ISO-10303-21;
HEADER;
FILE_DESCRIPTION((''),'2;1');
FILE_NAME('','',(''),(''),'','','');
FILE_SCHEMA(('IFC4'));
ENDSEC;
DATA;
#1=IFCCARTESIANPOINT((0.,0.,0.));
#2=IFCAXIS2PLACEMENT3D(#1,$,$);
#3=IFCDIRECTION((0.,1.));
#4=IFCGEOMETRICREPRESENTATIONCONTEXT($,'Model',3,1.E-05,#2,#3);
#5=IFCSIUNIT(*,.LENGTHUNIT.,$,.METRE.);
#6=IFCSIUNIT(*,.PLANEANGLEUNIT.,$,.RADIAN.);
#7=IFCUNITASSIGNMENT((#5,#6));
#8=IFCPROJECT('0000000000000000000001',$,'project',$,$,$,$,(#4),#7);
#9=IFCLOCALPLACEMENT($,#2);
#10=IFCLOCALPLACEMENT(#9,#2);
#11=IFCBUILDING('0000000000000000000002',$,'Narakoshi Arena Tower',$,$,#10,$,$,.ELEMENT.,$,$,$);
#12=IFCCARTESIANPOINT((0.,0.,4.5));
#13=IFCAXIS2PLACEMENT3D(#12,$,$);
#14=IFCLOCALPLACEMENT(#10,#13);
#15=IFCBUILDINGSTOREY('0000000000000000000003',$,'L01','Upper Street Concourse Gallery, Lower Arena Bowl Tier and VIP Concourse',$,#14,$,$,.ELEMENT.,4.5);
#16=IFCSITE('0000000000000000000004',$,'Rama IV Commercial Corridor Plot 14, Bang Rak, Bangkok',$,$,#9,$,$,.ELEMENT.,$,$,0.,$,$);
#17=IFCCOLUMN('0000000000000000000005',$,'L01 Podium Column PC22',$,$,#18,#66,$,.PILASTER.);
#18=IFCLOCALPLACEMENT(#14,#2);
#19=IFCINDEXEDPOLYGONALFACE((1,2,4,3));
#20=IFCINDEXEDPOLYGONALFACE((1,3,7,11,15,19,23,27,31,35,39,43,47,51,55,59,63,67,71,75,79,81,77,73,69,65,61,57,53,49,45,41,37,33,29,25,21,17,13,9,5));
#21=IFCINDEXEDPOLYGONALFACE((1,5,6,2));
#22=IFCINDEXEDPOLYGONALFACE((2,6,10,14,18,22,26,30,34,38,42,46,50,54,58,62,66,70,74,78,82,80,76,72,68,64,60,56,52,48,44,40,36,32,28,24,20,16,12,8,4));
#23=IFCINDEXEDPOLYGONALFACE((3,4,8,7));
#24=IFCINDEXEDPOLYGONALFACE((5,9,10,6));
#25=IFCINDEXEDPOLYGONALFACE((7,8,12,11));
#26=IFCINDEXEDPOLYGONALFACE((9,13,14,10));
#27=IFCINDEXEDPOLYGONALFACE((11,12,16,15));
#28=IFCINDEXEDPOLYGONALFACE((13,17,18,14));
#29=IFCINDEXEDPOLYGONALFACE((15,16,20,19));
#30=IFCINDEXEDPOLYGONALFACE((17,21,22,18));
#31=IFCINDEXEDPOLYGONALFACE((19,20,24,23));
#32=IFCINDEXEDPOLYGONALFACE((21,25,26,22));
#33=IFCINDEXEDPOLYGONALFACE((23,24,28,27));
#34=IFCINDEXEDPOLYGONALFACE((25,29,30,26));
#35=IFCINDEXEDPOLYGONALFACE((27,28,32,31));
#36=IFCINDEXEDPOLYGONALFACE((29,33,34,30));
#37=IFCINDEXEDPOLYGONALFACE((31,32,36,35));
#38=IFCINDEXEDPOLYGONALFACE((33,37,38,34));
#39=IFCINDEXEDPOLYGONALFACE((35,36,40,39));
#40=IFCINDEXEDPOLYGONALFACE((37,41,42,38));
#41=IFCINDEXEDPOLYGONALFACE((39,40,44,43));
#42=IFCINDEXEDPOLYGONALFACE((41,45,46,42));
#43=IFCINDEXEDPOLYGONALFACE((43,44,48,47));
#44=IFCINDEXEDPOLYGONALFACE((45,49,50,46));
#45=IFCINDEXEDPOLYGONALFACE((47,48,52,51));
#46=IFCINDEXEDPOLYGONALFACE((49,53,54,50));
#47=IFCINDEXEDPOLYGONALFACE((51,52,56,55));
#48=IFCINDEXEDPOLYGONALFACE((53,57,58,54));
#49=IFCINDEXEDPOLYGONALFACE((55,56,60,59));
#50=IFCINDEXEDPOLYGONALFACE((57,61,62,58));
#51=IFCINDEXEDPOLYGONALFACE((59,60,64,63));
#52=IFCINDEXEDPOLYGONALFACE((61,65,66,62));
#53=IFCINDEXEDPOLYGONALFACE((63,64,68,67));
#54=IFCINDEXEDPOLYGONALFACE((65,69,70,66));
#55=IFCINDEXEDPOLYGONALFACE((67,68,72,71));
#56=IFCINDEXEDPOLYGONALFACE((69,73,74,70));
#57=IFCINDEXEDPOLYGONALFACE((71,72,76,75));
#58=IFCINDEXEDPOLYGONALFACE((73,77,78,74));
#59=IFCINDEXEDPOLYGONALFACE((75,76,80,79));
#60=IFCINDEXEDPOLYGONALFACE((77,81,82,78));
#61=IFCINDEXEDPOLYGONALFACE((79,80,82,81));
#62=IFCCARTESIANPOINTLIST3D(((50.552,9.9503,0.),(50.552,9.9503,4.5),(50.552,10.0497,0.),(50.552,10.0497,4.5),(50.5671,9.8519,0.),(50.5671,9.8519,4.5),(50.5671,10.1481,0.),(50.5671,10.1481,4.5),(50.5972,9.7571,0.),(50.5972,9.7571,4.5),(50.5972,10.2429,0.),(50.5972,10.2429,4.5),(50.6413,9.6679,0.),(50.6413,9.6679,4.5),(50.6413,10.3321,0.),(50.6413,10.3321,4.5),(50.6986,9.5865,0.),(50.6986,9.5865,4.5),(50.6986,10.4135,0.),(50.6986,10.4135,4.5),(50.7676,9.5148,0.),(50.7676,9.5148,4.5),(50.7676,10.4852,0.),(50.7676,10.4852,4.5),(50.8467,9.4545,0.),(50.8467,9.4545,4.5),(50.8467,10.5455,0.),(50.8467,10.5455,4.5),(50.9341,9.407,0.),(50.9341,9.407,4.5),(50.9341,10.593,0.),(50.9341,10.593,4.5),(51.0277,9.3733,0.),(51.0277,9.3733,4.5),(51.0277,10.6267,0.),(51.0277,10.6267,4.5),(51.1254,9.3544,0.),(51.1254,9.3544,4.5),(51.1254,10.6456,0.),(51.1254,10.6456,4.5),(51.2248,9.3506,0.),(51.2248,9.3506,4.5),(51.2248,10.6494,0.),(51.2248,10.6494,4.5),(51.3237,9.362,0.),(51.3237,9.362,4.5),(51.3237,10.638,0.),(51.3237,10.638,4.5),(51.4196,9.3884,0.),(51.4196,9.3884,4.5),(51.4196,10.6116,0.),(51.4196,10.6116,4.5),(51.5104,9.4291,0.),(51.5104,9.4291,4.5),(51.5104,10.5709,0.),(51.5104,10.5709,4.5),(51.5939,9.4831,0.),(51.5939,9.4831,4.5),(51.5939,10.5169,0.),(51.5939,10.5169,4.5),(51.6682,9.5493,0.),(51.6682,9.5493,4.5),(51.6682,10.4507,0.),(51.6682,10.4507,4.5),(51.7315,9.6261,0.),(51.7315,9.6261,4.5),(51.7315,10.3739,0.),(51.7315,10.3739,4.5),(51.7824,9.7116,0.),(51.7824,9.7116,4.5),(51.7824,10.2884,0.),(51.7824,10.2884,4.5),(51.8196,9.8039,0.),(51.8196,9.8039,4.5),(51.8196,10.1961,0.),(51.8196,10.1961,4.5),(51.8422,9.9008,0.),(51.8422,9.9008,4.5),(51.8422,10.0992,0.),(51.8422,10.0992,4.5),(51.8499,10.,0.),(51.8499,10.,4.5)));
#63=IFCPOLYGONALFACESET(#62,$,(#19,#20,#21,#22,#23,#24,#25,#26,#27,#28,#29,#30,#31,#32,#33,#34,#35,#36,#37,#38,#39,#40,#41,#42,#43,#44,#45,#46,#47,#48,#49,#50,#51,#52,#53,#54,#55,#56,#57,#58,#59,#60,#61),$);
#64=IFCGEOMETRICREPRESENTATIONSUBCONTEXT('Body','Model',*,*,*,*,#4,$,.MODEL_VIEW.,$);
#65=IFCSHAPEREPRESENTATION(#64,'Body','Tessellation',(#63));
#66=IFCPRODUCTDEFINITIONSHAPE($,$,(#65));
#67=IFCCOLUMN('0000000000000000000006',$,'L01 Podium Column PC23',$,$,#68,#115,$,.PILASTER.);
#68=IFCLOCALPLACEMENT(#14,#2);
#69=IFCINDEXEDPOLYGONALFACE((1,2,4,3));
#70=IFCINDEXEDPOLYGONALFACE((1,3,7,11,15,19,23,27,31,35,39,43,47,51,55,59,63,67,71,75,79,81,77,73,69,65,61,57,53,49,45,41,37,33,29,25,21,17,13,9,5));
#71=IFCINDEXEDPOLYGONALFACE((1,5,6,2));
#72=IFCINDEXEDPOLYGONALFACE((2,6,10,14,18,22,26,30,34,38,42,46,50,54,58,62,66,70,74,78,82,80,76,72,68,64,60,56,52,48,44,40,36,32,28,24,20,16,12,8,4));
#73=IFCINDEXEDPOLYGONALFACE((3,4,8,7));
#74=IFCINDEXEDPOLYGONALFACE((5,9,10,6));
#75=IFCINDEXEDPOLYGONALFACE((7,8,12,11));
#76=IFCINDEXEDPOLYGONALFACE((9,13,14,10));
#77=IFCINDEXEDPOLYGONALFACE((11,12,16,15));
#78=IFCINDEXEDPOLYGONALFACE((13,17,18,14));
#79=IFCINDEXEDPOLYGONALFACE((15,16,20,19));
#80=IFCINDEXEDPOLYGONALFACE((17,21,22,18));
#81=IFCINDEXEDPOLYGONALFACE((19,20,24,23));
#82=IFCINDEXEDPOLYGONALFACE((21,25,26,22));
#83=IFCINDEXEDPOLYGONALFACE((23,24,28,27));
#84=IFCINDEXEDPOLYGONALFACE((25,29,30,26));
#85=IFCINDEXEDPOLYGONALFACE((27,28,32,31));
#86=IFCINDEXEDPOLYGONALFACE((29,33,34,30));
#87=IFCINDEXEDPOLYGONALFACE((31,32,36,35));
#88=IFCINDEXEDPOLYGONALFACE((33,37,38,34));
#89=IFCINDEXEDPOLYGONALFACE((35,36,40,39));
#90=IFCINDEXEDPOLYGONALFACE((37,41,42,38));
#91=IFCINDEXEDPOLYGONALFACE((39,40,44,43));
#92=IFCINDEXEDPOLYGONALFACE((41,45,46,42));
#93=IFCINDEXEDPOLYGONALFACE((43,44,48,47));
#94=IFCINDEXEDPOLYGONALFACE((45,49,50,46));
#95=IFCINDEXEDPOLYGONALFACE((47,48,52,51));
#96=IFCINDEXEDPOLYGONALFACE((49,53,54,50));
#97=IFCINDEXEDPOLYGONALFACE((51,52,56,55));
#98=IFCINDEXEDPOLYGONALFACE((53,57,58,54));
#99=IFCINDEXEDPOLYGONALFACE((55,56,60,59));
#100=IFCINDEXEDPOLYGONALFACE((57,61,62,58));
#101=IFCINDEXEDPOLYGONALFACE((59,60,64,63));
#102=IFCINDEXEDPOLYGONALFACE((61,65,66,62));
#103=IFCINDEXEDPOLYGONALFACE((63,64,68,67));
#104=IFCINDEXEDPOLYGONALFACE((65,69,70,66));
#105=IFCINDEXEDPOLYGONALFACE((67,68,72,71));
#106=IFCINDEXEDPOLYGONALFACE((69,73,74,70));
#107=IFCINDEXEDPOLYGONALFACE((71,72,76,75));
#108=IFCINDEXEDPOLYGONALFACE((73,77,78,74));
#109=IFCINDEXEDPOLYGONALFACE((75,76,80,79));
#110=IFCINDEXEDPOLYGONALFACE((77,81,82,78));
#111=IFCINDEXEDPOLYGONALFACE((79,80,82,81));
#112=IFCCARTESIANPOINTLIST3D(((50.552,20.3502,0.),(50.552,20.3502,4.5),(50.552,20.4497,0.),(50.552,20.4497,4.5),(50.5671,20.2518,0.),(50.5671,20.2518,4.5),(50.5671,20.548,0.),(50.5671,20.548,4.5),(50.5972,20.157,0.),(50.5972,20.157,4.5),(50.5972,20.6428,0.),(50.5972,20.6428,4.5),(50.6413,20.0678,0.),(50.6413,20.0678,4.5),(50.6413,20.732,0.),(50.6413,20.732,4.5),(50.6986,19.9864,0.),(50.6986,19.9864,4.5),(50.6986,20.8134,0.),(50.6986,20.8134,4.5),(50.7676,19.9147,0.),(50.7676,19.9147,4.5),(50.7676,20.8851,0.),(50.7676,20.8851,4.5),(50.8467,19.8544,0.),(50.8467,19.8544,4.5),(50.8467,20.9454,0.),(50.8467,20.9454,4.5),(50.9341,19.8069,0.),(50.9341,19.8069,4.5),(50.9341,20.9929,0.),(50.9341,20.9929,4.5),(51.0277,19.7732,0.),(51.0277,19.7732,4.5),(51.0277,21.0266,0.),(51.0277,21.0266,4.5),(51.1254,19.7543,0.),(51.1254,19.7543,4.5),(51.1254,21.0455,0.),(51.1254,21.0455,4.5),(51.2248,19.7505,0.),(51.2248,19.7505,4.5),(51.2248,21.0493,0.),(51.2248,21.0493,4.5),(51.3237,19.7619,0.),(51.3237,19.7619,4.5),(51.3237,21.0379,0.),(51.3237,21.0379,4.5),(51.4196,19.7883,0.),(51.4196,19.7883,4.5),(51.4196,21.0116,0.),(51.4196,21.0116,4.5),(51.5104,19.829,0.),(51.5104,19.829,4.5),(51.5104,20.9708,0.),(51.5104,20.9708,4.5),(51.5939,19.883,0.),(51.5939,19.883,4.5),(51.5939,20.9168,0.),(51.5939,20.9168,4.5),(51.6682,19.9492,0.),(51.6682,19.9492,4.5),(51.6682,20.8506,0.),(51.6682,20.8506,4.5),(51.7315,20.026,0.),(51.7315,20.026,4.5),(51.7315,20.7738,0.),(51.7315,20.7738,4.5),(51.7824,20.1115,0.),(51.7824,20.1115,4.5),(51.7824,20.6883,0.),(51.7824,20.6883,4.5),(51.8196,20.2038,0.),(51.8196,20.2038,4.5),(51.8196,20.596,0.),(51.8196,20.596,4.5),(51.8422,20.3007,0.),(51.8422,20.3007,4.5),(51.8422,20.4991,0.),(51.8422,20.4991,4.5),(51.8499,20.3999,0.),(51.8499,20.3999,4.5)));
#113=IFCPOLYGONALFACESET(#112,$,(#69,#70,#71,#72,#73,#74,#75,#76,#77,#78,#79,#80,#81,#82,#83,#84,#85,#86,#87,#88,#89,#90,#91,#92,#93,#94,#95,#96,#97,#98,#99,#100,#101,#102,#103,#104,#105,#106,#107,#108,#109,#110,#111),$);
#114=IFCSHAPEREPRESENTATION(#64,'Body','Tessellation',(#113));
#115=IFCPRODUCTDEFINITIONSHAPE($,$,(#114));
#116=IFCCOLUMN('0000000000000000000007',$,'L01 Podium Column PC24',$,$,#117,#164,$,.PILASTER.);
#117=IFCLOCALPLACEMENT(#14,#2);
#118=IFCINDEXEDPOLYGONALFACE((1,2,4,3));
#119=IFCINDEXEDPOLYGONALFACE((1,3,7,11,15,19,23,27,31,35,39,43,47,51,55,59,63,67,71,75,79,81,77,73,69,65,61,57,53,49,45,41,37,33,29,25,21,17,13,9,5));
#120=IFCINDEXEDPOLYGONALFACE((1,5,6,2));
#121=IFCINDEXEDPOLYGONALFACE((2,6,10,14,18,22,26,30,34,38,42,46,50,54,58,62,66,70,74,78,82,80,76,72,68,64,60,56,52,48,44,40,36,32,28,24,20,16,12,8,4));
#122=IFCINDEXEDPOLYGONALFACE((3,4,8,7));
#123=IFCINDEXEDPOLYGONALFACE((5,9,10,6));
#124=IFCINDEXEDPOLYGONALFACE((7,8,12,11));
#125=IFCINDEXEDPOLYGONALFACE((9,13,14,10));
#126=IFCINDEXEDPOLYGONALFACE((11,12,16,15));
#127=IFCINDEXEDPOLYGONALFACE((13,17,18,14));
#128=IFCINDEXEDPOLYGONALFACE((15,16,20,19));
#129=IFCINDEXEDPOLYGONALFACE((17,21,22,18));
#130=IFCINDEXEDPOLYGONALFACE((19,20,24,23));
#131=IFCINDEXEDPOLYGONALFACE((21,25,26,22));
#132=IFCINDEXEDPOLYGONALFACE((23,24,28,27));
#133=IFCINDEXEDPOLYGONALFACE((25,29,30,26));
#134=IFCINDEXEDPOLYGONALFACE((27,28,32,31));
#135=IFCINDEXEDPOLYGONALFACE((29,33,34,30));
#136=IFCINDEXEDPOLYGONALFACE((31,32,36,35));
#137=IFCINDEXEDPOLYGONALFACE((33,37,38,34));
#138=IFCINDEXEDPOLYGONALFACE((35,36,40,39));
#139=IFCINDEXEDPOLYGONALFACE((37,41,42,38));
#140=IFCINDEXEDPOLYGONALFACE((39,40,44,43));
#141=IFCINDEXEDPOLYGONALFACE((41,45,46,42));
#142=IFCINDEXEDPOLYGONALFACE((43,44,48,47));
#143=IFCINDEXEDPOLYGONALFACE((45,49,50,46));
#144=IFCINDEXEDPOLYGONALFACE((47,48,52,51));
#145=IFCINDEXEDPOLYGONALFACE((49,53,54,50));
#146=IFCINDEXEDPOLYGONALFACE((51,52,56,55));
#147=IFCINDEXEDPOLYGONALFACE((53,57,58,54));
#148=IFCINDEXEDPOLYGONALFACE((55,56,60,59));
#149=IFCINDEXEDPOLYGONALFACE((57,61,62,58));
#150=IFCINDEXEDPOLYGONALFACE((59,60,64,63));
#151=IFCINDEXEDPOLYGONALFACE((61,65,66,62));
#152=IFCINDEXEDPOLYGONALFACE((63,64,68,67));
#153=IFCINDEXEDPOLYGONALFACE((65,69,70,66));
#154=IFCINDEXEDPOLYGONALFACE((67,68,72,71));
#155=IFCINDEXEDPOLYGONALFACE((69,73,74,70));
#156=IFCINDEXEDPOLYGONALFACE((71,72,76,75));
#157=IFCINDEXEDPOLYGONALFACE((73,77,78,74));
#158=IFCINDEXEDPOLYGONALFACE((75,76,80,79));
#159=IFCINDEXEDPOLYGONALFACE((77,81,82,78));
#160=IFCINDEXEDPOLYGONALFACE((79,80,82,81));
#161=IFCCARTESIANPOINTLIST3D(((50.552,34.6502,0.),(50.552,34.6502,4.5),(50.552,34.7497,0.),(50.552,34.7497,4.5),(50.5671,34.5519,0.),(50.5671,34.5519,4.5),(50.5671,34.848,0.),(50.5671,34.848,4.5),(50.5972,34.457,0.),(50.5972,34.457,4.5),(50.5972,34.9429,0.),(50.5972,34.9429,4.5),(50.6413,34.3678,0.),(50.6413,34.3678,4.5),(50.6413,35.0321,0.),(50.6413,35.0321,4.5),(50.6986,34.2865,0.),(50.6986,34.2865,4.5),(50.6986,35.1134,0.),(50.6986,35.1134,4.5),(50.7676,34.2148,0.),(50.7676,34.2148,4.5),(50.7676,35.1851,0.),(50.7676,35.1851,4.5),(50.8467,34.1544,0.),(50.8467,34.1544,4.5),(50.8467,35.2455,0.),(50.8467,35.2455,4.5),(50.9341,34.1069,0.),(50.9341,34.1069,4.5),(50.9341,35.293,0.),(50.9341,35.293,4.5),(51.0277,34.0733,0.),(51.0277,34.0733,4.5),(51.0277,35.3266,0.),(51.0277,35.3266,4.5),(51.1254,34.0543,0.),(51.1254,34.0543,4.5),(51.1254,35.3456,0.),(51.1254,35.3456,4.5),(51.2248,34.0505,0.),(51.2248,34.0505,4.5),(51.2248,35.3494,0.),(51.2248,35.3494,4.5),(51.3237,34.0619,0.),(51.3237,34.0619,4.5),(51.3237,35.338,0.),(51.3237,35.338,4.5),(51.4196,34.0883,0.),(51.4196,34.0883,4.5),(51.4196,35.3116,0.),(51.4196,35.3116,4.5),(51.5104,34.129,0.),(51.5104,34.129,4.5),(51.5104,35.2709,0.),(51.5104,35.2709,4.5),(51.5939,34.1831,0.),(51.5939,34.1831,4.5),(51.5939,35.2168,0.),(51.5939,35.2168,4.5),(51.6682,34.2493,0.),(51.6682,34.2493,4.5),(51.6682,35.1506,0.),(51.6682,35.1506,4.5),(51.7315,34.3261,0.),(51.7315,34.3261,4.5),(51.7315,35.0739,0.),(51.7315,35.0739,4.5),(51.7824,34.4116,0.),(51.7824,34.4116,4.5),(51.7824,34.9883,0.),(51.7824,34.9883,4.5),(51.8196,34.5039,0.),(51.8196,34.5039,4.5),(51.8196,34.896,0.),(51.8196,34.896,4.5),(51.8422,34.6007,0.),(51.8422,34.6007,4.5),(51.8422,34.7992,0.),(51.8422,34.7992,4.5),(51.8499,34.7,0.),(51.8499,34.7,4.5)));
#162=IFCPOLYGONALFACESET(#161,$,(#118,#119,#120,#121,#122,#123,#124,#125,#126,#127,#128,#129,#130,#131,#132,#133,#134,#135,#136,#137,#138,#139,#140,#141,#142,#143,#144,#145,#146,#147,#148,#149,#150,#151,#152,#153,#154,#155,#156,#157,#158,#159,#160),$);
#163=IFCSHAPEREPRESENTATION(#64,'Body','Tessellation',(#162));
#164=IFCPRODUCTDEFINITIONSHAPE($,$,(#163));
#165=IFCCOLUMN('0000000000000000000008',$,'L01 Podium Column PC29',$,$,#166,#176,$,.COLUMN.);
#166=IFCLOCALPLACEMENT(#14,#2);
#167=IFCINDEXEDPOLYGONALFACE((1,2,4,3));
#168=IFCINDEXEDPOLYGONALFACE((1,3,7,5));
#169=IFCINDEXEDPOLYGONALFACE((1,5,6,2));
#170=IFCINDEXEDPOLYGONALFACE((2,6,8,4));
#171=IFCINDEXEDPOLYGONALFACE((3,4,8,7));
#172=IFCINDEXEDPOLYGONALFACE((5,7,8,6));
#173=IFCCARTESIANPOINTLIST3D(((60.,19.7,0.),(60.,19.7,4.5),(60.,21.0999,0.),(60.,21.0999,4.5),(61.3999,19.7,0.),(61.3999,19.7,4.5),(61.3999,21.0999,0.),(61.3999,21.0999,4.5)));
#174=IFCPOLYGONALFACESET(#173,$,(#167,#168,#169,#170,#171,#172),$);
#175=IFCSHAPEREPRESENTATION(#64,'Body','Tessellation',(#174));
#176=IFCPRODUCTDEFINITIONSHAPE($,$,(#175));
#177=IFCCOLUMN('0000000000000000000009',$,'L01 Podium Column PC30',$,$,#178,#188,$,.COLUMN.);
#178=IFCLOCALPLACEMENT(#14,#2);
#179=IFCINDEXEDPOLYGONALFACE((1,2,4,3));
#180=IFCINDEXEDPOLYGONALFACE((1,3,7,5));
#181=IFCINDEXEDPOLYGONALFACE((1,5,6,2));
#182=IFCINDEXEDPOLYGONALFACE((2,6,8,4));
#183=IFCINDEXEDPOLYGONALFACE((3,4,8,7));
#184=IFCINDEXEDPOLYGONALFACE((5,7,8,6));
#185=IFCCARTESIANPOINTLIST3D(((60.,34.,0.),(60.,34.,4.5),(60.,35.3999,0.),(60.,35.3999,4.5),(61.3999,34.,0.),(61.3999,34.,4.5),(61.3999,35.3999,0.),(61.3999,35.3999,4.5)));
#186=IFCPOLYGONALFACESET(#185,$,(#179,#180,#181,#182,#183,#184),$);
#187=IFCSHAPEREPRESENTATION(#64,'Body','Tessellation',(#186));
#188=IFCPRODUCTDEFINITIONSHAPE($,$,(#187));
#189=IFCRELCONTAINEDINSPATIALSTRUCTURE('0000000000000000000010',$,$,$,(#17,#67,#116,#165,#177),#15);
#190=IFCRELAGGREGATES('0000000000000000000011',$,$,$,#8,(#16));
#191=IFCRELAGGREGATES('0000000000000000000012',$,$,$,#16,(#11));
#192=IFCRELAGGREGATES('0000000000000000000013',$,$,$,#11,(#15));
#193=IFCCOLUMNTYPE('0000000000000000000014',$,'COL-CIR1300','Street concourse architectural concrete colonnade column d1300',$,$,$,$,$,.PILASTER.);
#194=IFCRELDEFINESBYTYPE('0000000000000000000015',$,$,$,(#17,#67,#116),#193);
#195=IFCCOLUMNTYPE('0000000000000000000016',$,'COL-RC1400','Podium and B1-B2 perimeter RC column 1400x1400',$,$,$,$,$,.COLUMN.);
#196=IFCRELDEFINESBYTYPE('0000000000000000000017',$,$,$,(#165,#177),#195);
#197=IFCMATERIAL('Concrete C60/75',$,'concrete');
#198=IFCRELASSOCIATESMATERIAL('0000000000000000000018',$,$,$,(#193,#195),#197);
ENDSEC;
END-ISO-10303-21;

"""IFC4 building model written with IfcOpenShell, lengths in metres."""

from ifc_helpers import new_model, si_unit, direction, frame, origin, origin_2d, place, context, subcontext, project, spatial, rectangle, circle, extrude, material, material_profile, profile_set, type_object, element, save


model = new_model("IFC4")

# Units and contexts
model_context = context("Model", 3, precision=1e-05, world=origin(), true_north=direction((0.0, 1.0)))
body_context = subcontext(model_context, "Body", "Model", "MODEL_VIEW")
ifc_project = project(units=[si_unit("LENGTHUNIT", "METRE"), si_unit("PLANEANGLEUNIT", "RADIAN")], contexts=[model_context])

# Site, building, storey
site_placement = place(None, origin())
site = spatial("IfcSite", under=ifc_project, at=site_placement, Name="Rama IV Commercial Corridor Plot 14, Bang Rak, Bangkok", CompositionType="ELEMENT", RefElevation=0.0)
building_placement = place(site_placement, origin())
building = spatial("IfcBuilding", under=site, at=building_placement, Name="Narakoshi Arena Tower", CompositionType="ELEMENT")
storey_placement = place(building_placement, frame((0.0, 0.0, 4.5)))
storey = spatial("IfcBuildingStorey", under=building, at=storey_placement, Name="L01", Description="Upper Street Concourse Gallery, Lower Arena Bowl Tier and VIP Concourse", CompositionType="ELEMENT", Elevation=4.5)

# Columns
ifc_material_1 = material(Name="Concrete C60/75", Category="concrete")
ifc_material_profile_1 = material_profile(ifc_material_1, circle(Radius=0.6499, at=origin_2d()), Name="RCC1300")
ifc_profile_set_1 = profile_set([ifc_material_profile_1], Name="Concrete C60/75")
column_type_1 = type_object("IfcColumnType", Name="COL-CIR1300", Description="Street concourse architectural concrete colonnade column d1300", PredefinedType="PILASTER", material=ifc_profile_set_1)
for number, where, z_axis, x_axis, name in (
    (1, (51.2, 10.0, 0.0), (0.0, 0.0, 1.0), (1.0, 0.0, 0.0), "L01 Podium Column PC22"),
    (2, (51.2, 20.3999, 0.0), (0.0, 0.0, 1.0), (1.0, 0.0, 0.0), "L01 Podium Column PC23"),
    (3, (51.2, 34.7, 0.0), (0.0, 0.0, 1.0), (1.0, 0.0, 0.0), "L01 Podium Column PC24"),
):
    element("IfcColumn", number, at=place(storey_placement, frame(where, z_axis=z_axis, x_axis=x_axis)), inside=storey, type_object=column_type_1, Name=name, PredefinedType="PILASTER", context=body_context, shape_type="SweptSolid", body=[
        extrude(circle(Radius=0.6499, at=origin_2d()), origin(), (0.0, 0.0, 1.0), 4.5),
    ])
ifc_material_profile_2 = material_profile(ifc_material_1, rectangle(XDim=1.3999, YDim=1.3999, at=origin_2d()), Name="RC1400x1400")
ifc_profile_set_2 = profile_set([ifc_material_profile_2], Name="Concrete C60/75")
column_type_2 = type_object("IfcColumnType", Name="COL-RC1400", Description="Podium and B1-B2 perimeter RC column 1400x1400", PredefinedType="COLUMN", material=ifc_profile_set_2)
for number, where, z_axis, x_axis, name in (
    (4, (60.7, 20.3999, 0.0), (0.0, 0.0, 1.0), (1.0, 0.0, 0.0), "L01 Podium Column PC29"),
    (5, (60.7, 34.7, 0.0), (0.0, 0.0, 1.0), (1.0, 0.0, 0.0), "L01 Podium Column PC30"),
):
    element("IfcColumn", number, at=place(storey_placement, frame(where, z_axis=z_axis, x_axis=x_axis)), inside=storey, type_object=column_type_2, Name=name, PredefinedType="COLUMN", context=body_context, shape_type="SweptSolid", body=[
        extrude(rectangle(XDim=1.3999, YDim=1.3999, at=origin_2d()), origin(), (0.0, 0.0, 1.0), 4.5),
    ])

save(model, "model.ifc")
